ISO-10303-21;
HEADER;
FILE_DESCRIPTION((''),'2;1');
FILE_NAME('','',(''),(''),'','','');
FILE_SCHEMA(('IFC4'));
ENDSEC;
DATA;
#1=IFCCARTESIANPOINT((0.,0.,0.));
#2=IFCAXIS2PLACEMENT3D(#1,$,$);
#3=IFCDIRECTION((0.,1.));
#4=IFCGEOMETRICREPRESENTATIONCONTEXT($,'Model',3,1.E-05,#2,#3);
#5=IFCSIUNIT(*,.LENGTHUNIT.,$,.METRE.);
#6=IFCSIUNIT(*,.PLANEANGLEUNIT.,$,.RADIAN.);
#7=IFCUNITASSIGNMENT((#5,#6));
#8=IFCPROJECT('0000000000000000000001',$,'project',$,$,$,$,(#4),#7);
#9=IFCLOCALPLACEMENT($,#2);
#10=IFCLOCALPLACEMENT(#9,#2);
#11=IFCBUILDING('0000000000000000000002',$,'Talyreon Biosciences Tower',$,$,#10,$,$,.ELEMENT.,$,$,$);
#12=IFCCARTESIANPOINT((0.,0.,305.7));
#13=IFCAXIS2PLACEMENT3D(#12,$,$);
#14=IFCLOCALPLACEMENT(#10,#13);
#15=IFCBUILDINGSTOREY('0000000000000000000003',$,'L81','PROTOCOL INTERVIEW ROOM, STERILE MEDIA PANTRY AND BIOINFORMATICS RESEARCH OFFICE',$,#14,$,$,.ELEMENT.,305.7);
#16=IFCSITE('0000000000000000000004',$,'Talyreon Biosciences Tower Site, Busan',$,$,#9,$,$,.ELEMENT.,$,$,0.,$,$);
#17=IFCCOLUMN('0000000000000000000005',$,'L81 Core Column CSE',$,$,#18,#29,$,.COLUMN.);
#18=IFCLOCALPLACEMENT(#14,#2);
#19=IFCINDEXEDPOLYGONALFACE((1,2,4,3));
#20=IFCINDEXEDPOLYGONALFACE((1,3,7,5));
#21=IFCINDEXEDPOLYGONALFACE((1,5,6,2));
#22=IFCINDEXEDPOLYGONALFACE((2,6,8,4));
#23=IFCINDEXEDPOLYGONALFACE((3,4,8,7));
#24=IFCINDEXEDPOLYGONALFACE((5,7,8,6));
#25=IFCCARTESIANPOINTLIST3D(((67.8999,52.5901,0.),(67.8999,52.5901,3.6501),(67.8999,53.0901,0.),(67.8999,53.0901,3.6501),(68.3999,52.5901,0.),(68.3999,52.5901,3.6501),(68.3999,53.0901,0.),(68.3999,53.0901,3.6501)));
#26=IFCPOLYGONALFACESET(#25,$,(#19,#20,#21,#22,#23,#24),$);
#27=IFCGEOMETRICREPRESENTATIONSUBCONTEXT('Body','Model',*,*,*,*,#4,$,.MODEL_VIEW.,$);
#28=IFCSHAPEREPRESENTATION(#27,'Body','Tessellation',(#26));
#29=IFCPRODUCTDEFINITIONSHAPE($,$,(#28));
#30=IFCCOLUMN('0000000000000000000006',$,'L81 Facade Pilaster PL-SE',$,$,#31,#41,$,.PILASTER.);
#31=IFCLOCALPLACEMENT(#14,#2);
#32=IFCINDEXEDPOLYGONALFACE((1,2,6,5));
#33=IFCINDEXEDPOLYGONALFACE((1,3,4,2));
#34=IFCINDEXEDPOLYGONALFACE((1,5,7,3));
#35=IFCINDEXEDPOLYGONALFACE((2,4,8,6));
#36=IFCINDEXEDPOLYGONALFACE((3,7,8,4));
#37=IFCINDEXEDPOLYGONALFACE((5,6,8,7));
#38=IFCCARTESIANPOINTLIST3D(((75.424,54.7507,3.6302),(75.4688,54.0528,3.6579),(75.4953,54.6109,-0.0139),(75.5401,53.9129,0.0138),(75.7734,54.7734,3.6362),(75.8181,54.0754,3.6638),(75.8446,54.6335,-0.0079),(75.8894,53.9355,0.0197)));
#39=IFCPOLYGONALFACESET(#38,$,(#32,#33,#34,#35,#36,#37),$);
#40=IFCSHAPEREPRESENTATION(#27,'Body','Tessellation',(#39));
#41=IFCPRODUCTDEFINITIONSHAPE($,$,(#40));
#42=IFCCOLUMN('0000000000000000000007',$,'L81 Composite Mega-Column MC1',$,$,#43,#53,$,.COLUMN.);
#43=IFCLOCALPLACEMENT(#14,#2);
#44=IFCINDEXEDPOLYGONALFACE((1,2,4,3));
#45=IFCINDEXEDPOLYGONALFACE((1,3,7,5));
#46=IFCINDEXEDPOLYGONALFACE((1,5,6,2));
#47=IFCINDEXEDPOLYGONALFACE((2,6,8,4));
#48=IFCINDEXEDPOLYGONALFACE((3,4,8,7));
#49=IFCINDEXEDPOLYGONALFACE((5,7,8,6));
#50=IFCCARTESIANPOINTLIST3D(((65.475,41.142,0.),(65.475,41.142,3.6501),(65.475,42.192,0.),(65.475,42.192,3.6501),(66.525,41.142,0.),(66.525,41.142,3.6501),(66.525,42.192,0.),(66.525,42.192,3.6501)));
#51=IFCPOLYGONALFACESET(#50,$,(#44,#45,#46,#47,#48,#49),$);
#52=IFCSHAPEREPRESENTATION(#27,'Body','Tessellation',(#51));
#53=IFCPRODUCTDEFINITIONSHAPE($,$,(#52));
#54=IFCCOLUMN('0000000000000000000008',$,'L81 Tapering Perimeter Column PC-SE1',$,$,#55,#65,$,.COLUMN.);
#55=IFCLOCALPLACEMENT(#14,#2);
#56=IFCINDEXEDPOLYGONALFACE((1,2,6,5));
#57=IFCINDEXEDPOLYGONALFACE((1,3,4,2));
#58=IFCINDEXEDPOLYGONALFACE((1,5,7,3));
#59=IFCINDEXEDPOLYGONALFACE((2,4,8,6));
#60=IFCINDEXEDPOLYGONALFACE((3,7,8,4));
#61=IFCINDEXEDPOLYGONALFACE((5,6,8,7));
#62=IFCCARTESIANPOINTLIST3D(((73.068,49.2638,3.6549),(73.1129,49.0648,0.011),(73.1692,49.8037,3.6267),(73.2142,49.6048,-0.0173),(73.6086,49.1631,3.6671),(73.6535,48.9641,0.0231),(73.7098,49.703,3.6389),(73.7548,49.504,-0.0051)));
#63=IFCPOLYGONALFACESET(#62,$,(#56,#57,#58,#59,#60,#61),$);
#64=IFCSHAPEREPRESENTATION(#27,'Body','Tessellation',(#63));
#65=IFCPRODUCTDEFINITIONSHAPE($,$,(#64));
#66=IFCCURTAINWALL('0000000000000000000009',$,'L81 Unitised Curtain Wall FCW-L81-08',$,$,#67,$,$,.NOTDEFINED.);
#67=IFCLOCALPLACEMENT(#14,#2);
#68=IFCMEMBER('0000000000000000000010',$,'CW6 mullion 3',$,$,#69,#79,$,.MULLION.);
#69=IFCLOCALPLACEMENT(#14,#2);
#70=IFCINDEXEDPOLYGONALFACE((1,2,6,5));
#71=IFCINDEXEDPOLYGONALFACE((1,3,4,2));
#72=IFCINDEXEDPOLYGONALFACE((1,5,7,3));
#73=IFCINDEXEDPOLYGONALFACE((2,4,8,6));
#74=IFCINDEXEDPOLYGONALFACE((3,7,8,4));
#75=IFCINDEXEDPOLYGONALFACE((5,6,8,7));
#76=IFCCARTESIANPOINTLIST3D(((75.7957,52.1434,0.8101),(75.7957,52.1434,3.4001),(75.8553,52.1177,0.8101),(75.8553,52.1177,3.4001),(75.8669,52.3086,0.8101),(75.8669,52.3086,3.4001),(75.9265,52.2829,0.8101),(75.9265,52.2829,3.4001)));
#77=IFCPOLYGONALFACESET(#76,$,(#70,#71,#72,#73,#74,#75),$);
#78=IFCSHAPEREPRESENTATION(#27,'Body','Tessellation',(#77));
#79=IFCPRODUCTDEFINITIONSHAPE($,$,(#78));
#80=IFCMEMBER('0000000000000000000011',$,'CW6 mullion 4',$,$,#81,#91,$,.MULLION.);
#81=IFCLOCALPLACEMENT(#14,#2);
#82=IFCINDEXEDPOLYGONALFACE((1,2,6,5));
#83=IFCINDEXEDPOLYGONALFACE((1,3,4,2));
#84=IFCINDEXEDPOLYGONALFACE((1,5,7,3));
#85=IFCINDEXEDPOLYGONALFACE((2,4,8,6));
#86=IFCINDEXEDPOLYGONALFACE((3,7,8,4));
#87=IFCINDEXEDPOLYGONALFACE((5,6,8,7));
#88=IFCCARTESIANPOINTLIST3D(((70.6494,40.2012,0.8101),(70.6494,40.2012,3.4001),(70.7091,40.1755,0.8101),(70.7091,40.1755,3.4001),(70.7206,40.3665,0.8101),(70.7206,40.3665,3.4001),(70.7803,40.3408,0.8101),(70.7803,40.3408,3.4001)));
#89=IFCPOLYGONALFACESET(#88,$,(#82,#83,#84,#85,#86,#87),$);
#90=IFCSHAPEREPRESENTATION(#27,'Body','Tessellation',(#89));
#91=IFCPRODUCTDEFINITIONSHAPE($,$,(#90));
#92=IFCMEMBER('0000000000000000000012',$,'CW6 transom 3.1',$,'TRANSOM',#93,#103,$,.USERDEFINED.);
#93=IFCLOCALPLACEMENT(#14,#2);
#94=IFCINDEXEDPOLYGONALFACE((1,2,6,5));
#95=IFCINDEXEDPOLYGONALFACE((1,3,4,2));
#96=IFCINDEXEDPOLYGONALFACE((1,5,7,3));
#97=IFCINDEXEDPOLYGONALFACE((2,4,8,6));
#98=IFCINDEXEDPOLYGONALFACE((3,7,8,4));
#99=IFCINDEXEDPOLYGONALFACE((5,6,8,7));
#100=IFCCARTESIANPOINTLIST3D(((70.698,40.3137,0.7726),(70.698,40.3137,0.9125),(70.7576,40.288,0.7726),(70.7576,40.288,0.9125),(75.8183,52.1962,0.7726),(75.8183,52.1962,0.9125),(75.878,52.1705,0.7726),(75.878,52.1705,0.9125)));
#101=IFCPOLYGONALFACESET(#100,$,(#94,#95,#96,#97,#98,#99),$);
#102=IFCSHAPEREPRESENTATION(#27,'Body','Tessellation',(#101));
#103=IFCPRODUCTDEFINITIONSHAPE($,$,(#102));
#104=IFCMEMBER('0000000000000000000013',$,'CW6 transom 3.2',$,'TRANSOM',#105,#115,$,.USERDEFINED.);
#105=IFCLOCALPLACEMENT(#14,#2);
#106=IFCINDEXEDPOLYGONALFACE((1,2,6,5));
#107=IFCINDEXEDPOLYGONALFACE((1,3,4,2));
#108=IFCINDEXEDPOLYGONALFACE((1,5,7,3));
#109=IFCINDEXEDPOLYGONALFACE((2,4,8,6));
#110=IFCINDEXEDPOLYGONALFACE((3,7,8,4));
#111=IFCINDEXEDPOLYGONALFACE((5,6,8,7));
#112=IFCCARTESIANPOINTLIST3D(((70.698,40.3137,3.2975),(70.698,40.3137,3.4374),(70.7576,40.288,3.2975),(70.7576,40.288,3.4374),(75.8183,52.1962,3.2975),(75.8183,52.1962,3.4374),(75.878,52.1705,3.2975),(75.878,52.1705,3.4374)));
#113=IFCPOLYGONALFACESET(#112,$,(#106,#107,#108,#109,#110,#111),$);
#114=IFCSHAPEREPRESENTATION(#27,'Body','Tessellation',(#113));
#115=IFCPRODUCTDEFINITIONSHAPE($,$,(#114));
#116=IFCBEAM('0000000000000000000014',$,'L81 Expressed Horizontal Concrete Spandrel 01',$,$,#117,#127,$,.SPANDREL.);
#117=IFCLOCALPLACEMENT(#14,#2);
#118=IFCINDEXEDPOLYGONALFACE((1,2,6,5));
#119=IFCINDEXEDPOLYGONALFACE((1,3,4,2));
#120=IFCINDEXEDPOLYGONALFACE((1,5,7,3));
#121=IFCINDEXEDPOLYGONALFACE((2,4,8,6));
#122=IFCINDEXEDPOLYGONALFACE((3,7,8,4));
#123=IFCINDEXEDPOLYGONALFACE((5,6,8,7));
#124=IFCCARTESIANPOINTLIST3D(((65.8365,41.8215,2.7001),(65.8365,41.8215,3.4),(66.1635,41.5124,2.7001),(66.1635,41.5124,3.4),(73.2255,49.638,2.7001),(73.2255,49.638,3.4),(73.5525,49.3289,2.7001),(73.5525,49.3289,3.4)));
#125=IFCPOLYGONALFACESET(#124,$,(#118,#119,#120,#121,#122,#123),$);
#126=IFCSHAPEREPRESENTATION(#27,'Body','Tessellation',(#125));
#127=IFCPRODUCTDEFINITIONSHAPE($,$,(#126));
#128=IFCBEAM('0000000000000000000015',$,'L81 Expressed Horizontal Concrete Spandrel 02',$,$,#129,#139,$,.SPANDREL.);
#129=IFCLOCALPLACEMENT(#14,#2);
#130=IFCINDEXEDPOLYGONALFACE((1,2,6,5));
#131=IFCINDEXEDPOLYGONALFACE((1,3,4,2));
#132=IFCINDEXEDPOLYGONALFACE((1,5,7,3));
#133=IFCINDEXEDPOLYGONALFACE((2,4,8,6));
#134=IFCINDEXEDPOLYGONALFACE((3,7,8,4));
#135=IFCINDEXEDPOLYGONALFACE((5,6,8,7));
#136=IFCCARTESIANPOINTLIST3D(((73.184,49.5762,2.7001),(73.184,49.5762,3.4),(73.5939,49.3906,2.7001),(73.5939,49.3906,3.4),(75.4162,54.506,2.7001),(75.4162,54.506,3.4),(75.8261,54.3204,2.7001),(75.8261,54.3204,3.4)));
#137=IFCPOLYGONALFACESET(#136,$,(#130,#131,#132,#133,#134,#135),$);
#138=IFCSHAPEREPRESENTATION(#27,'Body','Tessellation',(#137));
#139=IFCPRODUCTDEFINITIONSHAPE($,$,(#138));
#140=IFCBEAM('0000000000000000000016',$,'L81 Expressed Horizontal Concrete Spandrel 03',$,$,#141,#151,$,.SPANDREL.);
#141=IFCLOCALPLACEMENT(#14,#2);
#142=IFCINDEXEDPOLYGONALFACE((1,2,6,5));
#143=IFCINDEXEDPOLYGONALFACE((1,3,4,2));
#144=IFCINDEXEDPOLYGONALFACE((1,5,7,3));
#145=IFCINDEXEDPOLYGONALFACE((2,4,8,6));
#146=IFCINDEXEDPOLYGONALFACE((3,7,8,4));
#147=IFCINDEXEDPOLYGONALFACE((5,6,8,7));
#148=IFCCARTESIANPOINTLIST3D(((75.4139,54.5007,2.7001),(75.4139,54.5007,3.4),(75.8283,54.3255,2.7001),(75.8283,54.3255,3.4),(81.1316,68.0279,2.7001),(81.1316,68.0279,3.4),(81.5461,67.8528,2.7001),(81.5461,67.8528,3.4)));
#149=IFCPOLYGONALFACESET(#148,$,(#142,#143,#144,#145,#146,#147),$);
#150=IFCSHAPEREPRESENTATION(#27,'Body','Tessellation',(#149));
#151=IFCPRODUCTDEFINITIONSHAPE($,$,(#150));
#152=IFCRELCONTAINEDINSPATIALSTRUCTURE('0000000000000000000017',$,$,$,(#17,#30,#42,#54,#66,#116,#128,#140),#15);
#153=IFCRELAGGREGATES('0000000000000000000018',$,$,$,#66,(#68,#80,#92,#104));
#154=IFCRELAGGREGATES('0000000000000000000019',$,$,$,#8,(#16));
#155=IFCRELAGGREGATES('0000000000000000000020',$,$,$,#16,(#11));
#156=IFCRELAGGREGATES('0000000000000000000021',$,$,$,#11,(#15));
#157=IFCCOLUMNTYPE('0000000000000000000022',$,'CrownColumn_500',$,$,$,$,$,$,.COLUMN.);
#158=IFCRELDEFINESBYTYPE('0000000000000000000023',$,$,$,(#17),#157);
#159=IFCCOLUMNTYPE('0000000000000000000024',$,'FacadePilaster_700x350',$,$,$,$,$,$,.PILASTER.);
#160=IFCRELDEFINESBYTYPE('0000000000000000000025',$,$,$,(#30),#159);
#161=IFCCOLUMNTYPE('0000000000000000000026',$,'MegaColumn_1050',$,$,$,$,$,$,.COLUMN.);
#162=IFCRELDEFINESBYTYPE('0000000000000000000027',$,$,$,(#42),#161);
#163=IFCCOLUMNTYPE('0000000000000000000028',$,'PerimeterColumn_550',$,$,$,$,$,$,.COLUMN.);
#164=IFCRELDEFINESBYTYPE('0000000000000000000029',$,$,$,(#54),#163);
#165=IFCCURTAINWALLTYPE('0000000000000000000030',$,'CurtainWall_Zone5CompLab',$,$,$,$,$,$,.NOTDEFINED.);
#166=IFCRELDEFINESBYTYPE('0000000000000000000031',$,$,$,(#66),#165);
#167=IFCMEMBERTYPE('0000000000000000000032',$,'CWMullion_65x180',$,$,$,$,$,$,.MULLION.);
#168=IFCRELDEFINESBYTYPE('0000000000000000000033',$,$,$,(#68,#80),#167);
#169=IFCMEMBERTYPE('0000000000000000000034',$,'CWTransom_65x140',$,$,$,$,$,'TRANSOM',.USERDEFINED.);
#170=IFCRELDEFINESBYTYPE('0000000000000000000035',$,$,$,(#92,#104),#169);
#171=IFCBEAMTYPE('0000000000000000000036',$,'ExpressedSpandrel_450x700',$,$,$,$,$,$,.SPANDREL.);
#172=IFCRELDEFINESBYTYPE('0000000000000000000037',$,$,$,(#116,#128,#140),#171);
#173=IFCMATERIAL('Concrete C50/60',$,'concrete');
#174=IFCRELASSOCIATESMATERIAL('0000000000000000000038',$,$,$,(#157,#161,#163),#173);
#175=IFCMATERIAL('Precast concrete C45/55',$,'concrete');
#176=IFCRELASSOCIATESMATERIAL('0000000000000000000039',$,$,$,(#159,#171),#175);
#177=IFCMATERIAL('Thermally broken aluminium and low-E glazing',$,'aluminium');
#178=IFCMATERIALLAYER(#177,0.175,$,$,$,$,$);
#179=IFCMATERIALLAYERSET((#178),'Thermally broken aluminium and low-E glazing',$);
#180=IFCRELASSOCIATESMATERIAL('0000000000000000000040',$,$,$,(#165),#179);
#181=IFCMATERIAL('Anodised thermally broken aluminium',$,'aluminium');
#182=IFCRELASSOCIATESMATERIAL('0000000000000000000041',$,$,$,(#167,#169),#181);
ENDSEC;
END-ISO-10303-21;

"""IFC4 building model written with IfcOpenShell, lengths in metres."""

from ifc_helpers import new_model, si_unit, direction, frame, origin, origin_2d, place, context, subcontext, project, spatial, rectangle, extrude, material, layer, layer_set, material_profile, profile_set, type_object, element, aggregate, save


model = new_model("IFC4")

# Units and contexts
model_context = context("Model", 3, precision=1e-05, world=origin(), true_north=direction((0.0, 1.0)))
body_context = subcontext(model_context, "Body", "Model", "MODEL_VIEW")
ifc_project = project(units=[si_unit("LENGTHUNIT", "METRE"), si_unit("PLANEANGLEUNIT", "RADIAN")], contexts=[model_context])

# Site, building, storey
site_placement = place(None, origin())
site = spatial("IfcSite", under=ifc_project, at=site_placement, Name="Talyreon Biosciences Tower Site, Busan", CompositionType="ELEMENT", RefElevation=0.0)
building_placement = place(site_placement, origin())
building = spatial("IfcBuilding", under=site, at=building_placement, Name="Talyreon Biosciences Tower", CompositionType="ELEMENT")
storey_placement = place(building_placement, frame((0.0, 0.0, 305.7)))
storey = spatial("IfcBuildingStorey", under=building, at=storey_placement, Name="L81", Description="PROTOCOL INTERVIEW ROOM, STERILE MEDIA PANTRY AND BIOINFORMATICS RESEARCH OFFICE", CompositionType="ELEMENT", Elevation=305.7)

# Columns
ifc_material_1 = material(Name="Concrete C50/60", Category="concrete")
ifc_material_profile_1 = material_profile(ifc_material_1, rectangle(XDim=0.5, YDim=0.5, at=origin_2d()), Name="RC 500x500")
ifc_profile_set_1 = profile_set([ifc_material_profile_1], Name="Concrete C50/60")
column_type_1 = type_object("IfcColumnType", Name="CrownColumn_500", PredefinedType="COLUMN", material=ifc_profile_set_1)
column_1_placement = place(storey_placement, frame((68.1499, 52.8401, 0.0), z_axis=(0.0, 0.0, 1.0), x_axis=(1.0, 0.0, 0.0)))
element("IfcColumn", 1, at=column_1_placement, inside=storey, type_object=column_type_1, Name="L81 Core Column CSE", PredefinedType="COLUMN", context=body_context, shape_type="SweptSolid", body=[
    extrude(rectangle(XDim=0.5, YDim=0.5, at=origin_2d()), origin(), (0.0, 0.0, 1.0), 3.6501),
])
ifc_material_2 = material(Name="Precast concrete C45/55", Category="concrete")
ifc_material_profile_2 = material_profile(ifc_material_2, rectangle(XDim=0.7, YDim=0.3501, at=origin_2d()), Name="RC 700x350")
ifc_profile_set_2 = profile_set([ifc_material_profile_2], Name="Precast concrete C45/55")
column_type_2 = type_object("IfcColumnType", Name="FacadePilaster_700x350", PredefinedType="PILASTER", material=ifc_profile_set_2)
column_2_placement = place(storey_placement, frame((75.6924, 54.2732, 0.0029), z_axis=(-0.019545, 0.038354, 0.999073), x_axis=(0.063995, -0.997167, 0.039533)))
element("IfcColumn", 2, at=column_2_placement, inside=storey, type_object=column_type_2, Name="L81 Facade Pilaster PL-SE", PredefinedType="PILASTER", context=body_context, shape_type="SweptSolid", body=[
    extrude(rectangle(XDim=0.7, YDim=0.3501, at=origin_2d()), origin(), (0.0, 0.0, 1.0), 3.6475),
])
ifc_material_profile_3 = material_profile(ifc_material_1, rectangle(XDim=1.05, YDim=1.05, at=origin_2d()), Name="RC 1050x1050")
ifc_profile_set_3 = profile_set([ifc_material_profile_3], Name="Concrete C50/60")
column_type_3 = type_object("IfcColumnType", Name="MegaColumn_1050", PredefinedType="COLUMN", material=ifc_profile_set_3)
column_3_placement = place(storey_placement, frame((66.0, 41.667, 0.0), z_axis=(0.0, 0.0, 1.0), x_axis=(1.0, 0.0, 0.0)))
element("IfcColumn", 3, at=column_3_placement, inside=storey, type_object=column_type_3, Name="L81 Composite Mega-Column MC1", PredefinedType="COLUMN", context=body_context, shape_type="SweptSolid", body=[
    extrude(rectangle(XDim=1.05, YDim=1.05, at=origin_2d()), origin(), (0.0, 0.0, 1.0), 3.6501),
])
ifc_material_profile_4 = material_profile(ifc_material_1, rectangle(XDim=0.55, YDim=0.55, at=origin_2d()), Name="RC 550x550")
ifc_profile_set_4 = profile_set([ifc_material_profile_4], Name="Concrete C50/60")
column_type_4 = type_object("IfcColumnType", Name="PerimeterColumn_550", PredefinedType="COLUMN", material=ifc_profile_set_4)
column_4_placement = place(storey_placement, frame((73.4338, 49.2844, 0.0029), z_axis=(-0.012308, 0.054517, 0.998437), x_axis=(-0.184093, -0.981568, 0.051327)))
element("IfcColumn", 4, at=column_4_placement, inside=storey, type_object=column_type_4, Name="L81 Tapering Perimeter Column PC-SE1", PredefinedType="COLUMN", context=body_context, shape_type="SweptSolid", body=[
    extrude(rectangle(XDim=0.55, YDim=0.55, at=origin_2d()), origin(), (0.0, 0.0, 1.0), 3.6497),
])

# Curtain wall, members
ifc_material_3 = material(Name="Thermally broken aluminium and low-E glazing", Category="aluminium")
ifc_layer_1 = layer(ifc_material_3, 0.175)
ifc_layer_set_1 = layer_set([ifc_layer_1], Name="Thermally broken aluminium and low-E glazing")
curtain_wall_type = type_object("IfcCurtainWallType", Name="CurtainWall_Zone5CompLab", PredefinedType="NOTDEFINED", material=ifc_layer_set_1)
curtain_wall_placement = place(storey_placement, origin())
curtain_wall = element("IfcCurtainWall", 5, at=curtain_wall_placement, inside=storey, type_object=curtain_wall_type, Name="L81 Unitised Curtain Wall FCW-L81-08", PredefinedType="NOTDEFINED")
ifc_material_4 = material(Name="Anodised thermally broken aluminium", Category="aluminium")
ifc_material_profile_5 = material_profile(ifc_material_4, rectangle(XDim=0.0649, YDim=0.1799, at=origin_2d()), Name="ALUM MULLION 65x180")
ifc_profile_set_5 = profile_set([ifc_material_profile_5], Name="Anodised thermally broken aluminium")
member_type_1 = type_object("IfcMemberType", Name="CWMullion_65x180", PredefinedType="MULLION", material=ifc_profile_set_5)
member_1_placement = place(storey_placement, frame((75.8611, 52.2131, 0.8101), z_axis=(0.0, 0.0, 1.0), x_axis=(0.918363, -0.395738, 0.0)))
member_1 = element("IfcMember", 6, at=member_1_placement, type_object=member_type_1, Name="CW6 mullion 3", PredefinedType="MULLION", context=body_context, shape_type="SweptSolid", body=[
    extrude(rectangle(XDim=0.0649, YDim=0.1799, at=origin_2d()), origin(), (0.0, 0.0, 1.0), 2.5901),
])
member_2_placement = place(storey_placement, frame((70.7148, 40.271, 0.8101), z_axis=(0.0, 0.0, 1.0), x_axis=(0.918363, -0.395738, 0.0)))
member_2 = element("IfcMember", 7, at=member_2_placement, type_object=member_type_1, Name="CW6 mullion 4", PredefinedType="MULLION", context=body_context, shape_type="SweptSolid", body=[
    extrude(rectangle(XDim=0.0649, YDim=0.1799, at=origin_2d()), origin(), (0.0, 0.0, 1.0), 2.5901),
])
ifc_material_profile_6 = material_profile(ifc_material_4, rectangle(XDim=0.0649, YDim=0.1399, at=origin_2d()), Name="ALUM TRANSOM 65x140")
ifc_profile_set_6 = profile_set([ifc_material_profile_6], Name="Anodised thermally broken aluminium")
member_type_2 = type_object("IfcMemberType", Name="CWTransom_65x140", ElementType="TRANSOM", PredefinedType="USERDEFINED", material=ifc_profile_set_6)
member_3_placement = place(storey_placement, frame((75.8481, 52.1833, 0.8425), z_axis=(-0.395736, -0.918364, 0.0), x_axis=(0.918364, -0.395736, 0.0)))
member_3 = element("IfcMember", 8, at=member_3_placement, type_object=member_type_2, Name="CW6 transom 3.1", ObjectType="TRANSOM", PredefinedType="USERDEFINED", context=body_context, shape_type="SweptSolid", body=[
    extrude(rectangle(XDim=0.0649, YDim=0.1399, at=origin_2d()), origin(), (0.0, 0.0, 1.0), 12.9387),
])
member_4_placement = place(storey_placement, frame((75.8481, 52.1833, 3.3674), z_axis=(-0.395736, -0.918364, 0.0), x_axis=(0.918364, -0.395736, 0.0)))
member_4 = element("IfcMember", 9, at=member_4_placement, type_object=member_type_2, Name="CW6 transom 3.2", ObjectType="TRANSOM", PredefinedType="USERDEFINED", context=body_context, shape_type="SweptSolid", body=[
    extrude(rectangle(XDim=0.0649, YDim=0.1399, at=origin_2d()), origin(), (0.0, 0.0, 1.0), 12.9387),
])

# Beams
ifc_material_profile_7 = material_profile(ifc_material_2, rectangle(XDim=0.45, YDim=0.7, at=origin_2d()), Name="RCB 450x700")
ifc_profile_set_7 = profile_set([ifc_material_profile_7], Name="Precast concrete C45/55")
beam_type_1 = type_object("IfcBeamType", Name="ExpressedSpandrel_450x700", PredefinedType="SPANDREL", material=ifc_profile_set_7)
beam_1_placement = place(storey_placement, frame((66.0, 41.667, 3.05), z_axis=(0.686955, 0.7267, 0.0), x_axis=(-0.7267, 0.686955, 0.0)))
element("IfcBeam", 10, at=beam_1_placement, inside=storey, type_object=beam_type_1, Name="L81 Expressed Horizontal Concrete Spandrel 01", PredefinedType="SPANDREL", context=body_context, shape_type="SweptSolid", body=[
    extrude(rectangle(XDim=0.45, YDim=0.7, at=origin_2d()), origin(), (0.0, 0.0, 1.0), 10.7561),
])
beam_2_placement = place(storey_placement, frame((73.3889, 49.4834, 3.05), z_axis=(0.412487, 0.910963, 0.0), x_axis=(-0.910963, 0.412487, 0.0)))
element("IfcBeam", 11, at=beam_2_placement, inside=storey, type_object=beam_type_1, Name="L81 Expressed Horizontal Concrete Spandrel 02", PredefinedType="SPANDREL", context=body_context, shape_type="SweptSolid", body=[
    extrude(rectangle(XDim=0.45, YDim=0.7, at=origin_2d()), origin(), (0.0, 0.0, 1.0), 5.4116),
])
beam_3_placement = place(storey_placement, frame((75.6211, 54.4131, 3.05), z_axis=(0.389332, 0.921098, 0.0), x_axis=(-0.921098, 0.389332, 0.0)))
element("IfcBeam", 12, at=beam_3_placement, inside=storey, type_object=beam_type_1, Name="L81 Expressed Horizontal Concrete Spandrel 03", PredefinedType="SPANDREL", context=body_context, shape_type="SweptSolid", body=[
    extrude(rectangle(XDim=0.45, YDim=0.7, at=origin_2d()), origin(), (0.0, 0.0, 1.0), 14.686),
])

aggregate(curtain_wall, [member_1, member_2, member_3, member_4])

save(model, "model.ifc")
